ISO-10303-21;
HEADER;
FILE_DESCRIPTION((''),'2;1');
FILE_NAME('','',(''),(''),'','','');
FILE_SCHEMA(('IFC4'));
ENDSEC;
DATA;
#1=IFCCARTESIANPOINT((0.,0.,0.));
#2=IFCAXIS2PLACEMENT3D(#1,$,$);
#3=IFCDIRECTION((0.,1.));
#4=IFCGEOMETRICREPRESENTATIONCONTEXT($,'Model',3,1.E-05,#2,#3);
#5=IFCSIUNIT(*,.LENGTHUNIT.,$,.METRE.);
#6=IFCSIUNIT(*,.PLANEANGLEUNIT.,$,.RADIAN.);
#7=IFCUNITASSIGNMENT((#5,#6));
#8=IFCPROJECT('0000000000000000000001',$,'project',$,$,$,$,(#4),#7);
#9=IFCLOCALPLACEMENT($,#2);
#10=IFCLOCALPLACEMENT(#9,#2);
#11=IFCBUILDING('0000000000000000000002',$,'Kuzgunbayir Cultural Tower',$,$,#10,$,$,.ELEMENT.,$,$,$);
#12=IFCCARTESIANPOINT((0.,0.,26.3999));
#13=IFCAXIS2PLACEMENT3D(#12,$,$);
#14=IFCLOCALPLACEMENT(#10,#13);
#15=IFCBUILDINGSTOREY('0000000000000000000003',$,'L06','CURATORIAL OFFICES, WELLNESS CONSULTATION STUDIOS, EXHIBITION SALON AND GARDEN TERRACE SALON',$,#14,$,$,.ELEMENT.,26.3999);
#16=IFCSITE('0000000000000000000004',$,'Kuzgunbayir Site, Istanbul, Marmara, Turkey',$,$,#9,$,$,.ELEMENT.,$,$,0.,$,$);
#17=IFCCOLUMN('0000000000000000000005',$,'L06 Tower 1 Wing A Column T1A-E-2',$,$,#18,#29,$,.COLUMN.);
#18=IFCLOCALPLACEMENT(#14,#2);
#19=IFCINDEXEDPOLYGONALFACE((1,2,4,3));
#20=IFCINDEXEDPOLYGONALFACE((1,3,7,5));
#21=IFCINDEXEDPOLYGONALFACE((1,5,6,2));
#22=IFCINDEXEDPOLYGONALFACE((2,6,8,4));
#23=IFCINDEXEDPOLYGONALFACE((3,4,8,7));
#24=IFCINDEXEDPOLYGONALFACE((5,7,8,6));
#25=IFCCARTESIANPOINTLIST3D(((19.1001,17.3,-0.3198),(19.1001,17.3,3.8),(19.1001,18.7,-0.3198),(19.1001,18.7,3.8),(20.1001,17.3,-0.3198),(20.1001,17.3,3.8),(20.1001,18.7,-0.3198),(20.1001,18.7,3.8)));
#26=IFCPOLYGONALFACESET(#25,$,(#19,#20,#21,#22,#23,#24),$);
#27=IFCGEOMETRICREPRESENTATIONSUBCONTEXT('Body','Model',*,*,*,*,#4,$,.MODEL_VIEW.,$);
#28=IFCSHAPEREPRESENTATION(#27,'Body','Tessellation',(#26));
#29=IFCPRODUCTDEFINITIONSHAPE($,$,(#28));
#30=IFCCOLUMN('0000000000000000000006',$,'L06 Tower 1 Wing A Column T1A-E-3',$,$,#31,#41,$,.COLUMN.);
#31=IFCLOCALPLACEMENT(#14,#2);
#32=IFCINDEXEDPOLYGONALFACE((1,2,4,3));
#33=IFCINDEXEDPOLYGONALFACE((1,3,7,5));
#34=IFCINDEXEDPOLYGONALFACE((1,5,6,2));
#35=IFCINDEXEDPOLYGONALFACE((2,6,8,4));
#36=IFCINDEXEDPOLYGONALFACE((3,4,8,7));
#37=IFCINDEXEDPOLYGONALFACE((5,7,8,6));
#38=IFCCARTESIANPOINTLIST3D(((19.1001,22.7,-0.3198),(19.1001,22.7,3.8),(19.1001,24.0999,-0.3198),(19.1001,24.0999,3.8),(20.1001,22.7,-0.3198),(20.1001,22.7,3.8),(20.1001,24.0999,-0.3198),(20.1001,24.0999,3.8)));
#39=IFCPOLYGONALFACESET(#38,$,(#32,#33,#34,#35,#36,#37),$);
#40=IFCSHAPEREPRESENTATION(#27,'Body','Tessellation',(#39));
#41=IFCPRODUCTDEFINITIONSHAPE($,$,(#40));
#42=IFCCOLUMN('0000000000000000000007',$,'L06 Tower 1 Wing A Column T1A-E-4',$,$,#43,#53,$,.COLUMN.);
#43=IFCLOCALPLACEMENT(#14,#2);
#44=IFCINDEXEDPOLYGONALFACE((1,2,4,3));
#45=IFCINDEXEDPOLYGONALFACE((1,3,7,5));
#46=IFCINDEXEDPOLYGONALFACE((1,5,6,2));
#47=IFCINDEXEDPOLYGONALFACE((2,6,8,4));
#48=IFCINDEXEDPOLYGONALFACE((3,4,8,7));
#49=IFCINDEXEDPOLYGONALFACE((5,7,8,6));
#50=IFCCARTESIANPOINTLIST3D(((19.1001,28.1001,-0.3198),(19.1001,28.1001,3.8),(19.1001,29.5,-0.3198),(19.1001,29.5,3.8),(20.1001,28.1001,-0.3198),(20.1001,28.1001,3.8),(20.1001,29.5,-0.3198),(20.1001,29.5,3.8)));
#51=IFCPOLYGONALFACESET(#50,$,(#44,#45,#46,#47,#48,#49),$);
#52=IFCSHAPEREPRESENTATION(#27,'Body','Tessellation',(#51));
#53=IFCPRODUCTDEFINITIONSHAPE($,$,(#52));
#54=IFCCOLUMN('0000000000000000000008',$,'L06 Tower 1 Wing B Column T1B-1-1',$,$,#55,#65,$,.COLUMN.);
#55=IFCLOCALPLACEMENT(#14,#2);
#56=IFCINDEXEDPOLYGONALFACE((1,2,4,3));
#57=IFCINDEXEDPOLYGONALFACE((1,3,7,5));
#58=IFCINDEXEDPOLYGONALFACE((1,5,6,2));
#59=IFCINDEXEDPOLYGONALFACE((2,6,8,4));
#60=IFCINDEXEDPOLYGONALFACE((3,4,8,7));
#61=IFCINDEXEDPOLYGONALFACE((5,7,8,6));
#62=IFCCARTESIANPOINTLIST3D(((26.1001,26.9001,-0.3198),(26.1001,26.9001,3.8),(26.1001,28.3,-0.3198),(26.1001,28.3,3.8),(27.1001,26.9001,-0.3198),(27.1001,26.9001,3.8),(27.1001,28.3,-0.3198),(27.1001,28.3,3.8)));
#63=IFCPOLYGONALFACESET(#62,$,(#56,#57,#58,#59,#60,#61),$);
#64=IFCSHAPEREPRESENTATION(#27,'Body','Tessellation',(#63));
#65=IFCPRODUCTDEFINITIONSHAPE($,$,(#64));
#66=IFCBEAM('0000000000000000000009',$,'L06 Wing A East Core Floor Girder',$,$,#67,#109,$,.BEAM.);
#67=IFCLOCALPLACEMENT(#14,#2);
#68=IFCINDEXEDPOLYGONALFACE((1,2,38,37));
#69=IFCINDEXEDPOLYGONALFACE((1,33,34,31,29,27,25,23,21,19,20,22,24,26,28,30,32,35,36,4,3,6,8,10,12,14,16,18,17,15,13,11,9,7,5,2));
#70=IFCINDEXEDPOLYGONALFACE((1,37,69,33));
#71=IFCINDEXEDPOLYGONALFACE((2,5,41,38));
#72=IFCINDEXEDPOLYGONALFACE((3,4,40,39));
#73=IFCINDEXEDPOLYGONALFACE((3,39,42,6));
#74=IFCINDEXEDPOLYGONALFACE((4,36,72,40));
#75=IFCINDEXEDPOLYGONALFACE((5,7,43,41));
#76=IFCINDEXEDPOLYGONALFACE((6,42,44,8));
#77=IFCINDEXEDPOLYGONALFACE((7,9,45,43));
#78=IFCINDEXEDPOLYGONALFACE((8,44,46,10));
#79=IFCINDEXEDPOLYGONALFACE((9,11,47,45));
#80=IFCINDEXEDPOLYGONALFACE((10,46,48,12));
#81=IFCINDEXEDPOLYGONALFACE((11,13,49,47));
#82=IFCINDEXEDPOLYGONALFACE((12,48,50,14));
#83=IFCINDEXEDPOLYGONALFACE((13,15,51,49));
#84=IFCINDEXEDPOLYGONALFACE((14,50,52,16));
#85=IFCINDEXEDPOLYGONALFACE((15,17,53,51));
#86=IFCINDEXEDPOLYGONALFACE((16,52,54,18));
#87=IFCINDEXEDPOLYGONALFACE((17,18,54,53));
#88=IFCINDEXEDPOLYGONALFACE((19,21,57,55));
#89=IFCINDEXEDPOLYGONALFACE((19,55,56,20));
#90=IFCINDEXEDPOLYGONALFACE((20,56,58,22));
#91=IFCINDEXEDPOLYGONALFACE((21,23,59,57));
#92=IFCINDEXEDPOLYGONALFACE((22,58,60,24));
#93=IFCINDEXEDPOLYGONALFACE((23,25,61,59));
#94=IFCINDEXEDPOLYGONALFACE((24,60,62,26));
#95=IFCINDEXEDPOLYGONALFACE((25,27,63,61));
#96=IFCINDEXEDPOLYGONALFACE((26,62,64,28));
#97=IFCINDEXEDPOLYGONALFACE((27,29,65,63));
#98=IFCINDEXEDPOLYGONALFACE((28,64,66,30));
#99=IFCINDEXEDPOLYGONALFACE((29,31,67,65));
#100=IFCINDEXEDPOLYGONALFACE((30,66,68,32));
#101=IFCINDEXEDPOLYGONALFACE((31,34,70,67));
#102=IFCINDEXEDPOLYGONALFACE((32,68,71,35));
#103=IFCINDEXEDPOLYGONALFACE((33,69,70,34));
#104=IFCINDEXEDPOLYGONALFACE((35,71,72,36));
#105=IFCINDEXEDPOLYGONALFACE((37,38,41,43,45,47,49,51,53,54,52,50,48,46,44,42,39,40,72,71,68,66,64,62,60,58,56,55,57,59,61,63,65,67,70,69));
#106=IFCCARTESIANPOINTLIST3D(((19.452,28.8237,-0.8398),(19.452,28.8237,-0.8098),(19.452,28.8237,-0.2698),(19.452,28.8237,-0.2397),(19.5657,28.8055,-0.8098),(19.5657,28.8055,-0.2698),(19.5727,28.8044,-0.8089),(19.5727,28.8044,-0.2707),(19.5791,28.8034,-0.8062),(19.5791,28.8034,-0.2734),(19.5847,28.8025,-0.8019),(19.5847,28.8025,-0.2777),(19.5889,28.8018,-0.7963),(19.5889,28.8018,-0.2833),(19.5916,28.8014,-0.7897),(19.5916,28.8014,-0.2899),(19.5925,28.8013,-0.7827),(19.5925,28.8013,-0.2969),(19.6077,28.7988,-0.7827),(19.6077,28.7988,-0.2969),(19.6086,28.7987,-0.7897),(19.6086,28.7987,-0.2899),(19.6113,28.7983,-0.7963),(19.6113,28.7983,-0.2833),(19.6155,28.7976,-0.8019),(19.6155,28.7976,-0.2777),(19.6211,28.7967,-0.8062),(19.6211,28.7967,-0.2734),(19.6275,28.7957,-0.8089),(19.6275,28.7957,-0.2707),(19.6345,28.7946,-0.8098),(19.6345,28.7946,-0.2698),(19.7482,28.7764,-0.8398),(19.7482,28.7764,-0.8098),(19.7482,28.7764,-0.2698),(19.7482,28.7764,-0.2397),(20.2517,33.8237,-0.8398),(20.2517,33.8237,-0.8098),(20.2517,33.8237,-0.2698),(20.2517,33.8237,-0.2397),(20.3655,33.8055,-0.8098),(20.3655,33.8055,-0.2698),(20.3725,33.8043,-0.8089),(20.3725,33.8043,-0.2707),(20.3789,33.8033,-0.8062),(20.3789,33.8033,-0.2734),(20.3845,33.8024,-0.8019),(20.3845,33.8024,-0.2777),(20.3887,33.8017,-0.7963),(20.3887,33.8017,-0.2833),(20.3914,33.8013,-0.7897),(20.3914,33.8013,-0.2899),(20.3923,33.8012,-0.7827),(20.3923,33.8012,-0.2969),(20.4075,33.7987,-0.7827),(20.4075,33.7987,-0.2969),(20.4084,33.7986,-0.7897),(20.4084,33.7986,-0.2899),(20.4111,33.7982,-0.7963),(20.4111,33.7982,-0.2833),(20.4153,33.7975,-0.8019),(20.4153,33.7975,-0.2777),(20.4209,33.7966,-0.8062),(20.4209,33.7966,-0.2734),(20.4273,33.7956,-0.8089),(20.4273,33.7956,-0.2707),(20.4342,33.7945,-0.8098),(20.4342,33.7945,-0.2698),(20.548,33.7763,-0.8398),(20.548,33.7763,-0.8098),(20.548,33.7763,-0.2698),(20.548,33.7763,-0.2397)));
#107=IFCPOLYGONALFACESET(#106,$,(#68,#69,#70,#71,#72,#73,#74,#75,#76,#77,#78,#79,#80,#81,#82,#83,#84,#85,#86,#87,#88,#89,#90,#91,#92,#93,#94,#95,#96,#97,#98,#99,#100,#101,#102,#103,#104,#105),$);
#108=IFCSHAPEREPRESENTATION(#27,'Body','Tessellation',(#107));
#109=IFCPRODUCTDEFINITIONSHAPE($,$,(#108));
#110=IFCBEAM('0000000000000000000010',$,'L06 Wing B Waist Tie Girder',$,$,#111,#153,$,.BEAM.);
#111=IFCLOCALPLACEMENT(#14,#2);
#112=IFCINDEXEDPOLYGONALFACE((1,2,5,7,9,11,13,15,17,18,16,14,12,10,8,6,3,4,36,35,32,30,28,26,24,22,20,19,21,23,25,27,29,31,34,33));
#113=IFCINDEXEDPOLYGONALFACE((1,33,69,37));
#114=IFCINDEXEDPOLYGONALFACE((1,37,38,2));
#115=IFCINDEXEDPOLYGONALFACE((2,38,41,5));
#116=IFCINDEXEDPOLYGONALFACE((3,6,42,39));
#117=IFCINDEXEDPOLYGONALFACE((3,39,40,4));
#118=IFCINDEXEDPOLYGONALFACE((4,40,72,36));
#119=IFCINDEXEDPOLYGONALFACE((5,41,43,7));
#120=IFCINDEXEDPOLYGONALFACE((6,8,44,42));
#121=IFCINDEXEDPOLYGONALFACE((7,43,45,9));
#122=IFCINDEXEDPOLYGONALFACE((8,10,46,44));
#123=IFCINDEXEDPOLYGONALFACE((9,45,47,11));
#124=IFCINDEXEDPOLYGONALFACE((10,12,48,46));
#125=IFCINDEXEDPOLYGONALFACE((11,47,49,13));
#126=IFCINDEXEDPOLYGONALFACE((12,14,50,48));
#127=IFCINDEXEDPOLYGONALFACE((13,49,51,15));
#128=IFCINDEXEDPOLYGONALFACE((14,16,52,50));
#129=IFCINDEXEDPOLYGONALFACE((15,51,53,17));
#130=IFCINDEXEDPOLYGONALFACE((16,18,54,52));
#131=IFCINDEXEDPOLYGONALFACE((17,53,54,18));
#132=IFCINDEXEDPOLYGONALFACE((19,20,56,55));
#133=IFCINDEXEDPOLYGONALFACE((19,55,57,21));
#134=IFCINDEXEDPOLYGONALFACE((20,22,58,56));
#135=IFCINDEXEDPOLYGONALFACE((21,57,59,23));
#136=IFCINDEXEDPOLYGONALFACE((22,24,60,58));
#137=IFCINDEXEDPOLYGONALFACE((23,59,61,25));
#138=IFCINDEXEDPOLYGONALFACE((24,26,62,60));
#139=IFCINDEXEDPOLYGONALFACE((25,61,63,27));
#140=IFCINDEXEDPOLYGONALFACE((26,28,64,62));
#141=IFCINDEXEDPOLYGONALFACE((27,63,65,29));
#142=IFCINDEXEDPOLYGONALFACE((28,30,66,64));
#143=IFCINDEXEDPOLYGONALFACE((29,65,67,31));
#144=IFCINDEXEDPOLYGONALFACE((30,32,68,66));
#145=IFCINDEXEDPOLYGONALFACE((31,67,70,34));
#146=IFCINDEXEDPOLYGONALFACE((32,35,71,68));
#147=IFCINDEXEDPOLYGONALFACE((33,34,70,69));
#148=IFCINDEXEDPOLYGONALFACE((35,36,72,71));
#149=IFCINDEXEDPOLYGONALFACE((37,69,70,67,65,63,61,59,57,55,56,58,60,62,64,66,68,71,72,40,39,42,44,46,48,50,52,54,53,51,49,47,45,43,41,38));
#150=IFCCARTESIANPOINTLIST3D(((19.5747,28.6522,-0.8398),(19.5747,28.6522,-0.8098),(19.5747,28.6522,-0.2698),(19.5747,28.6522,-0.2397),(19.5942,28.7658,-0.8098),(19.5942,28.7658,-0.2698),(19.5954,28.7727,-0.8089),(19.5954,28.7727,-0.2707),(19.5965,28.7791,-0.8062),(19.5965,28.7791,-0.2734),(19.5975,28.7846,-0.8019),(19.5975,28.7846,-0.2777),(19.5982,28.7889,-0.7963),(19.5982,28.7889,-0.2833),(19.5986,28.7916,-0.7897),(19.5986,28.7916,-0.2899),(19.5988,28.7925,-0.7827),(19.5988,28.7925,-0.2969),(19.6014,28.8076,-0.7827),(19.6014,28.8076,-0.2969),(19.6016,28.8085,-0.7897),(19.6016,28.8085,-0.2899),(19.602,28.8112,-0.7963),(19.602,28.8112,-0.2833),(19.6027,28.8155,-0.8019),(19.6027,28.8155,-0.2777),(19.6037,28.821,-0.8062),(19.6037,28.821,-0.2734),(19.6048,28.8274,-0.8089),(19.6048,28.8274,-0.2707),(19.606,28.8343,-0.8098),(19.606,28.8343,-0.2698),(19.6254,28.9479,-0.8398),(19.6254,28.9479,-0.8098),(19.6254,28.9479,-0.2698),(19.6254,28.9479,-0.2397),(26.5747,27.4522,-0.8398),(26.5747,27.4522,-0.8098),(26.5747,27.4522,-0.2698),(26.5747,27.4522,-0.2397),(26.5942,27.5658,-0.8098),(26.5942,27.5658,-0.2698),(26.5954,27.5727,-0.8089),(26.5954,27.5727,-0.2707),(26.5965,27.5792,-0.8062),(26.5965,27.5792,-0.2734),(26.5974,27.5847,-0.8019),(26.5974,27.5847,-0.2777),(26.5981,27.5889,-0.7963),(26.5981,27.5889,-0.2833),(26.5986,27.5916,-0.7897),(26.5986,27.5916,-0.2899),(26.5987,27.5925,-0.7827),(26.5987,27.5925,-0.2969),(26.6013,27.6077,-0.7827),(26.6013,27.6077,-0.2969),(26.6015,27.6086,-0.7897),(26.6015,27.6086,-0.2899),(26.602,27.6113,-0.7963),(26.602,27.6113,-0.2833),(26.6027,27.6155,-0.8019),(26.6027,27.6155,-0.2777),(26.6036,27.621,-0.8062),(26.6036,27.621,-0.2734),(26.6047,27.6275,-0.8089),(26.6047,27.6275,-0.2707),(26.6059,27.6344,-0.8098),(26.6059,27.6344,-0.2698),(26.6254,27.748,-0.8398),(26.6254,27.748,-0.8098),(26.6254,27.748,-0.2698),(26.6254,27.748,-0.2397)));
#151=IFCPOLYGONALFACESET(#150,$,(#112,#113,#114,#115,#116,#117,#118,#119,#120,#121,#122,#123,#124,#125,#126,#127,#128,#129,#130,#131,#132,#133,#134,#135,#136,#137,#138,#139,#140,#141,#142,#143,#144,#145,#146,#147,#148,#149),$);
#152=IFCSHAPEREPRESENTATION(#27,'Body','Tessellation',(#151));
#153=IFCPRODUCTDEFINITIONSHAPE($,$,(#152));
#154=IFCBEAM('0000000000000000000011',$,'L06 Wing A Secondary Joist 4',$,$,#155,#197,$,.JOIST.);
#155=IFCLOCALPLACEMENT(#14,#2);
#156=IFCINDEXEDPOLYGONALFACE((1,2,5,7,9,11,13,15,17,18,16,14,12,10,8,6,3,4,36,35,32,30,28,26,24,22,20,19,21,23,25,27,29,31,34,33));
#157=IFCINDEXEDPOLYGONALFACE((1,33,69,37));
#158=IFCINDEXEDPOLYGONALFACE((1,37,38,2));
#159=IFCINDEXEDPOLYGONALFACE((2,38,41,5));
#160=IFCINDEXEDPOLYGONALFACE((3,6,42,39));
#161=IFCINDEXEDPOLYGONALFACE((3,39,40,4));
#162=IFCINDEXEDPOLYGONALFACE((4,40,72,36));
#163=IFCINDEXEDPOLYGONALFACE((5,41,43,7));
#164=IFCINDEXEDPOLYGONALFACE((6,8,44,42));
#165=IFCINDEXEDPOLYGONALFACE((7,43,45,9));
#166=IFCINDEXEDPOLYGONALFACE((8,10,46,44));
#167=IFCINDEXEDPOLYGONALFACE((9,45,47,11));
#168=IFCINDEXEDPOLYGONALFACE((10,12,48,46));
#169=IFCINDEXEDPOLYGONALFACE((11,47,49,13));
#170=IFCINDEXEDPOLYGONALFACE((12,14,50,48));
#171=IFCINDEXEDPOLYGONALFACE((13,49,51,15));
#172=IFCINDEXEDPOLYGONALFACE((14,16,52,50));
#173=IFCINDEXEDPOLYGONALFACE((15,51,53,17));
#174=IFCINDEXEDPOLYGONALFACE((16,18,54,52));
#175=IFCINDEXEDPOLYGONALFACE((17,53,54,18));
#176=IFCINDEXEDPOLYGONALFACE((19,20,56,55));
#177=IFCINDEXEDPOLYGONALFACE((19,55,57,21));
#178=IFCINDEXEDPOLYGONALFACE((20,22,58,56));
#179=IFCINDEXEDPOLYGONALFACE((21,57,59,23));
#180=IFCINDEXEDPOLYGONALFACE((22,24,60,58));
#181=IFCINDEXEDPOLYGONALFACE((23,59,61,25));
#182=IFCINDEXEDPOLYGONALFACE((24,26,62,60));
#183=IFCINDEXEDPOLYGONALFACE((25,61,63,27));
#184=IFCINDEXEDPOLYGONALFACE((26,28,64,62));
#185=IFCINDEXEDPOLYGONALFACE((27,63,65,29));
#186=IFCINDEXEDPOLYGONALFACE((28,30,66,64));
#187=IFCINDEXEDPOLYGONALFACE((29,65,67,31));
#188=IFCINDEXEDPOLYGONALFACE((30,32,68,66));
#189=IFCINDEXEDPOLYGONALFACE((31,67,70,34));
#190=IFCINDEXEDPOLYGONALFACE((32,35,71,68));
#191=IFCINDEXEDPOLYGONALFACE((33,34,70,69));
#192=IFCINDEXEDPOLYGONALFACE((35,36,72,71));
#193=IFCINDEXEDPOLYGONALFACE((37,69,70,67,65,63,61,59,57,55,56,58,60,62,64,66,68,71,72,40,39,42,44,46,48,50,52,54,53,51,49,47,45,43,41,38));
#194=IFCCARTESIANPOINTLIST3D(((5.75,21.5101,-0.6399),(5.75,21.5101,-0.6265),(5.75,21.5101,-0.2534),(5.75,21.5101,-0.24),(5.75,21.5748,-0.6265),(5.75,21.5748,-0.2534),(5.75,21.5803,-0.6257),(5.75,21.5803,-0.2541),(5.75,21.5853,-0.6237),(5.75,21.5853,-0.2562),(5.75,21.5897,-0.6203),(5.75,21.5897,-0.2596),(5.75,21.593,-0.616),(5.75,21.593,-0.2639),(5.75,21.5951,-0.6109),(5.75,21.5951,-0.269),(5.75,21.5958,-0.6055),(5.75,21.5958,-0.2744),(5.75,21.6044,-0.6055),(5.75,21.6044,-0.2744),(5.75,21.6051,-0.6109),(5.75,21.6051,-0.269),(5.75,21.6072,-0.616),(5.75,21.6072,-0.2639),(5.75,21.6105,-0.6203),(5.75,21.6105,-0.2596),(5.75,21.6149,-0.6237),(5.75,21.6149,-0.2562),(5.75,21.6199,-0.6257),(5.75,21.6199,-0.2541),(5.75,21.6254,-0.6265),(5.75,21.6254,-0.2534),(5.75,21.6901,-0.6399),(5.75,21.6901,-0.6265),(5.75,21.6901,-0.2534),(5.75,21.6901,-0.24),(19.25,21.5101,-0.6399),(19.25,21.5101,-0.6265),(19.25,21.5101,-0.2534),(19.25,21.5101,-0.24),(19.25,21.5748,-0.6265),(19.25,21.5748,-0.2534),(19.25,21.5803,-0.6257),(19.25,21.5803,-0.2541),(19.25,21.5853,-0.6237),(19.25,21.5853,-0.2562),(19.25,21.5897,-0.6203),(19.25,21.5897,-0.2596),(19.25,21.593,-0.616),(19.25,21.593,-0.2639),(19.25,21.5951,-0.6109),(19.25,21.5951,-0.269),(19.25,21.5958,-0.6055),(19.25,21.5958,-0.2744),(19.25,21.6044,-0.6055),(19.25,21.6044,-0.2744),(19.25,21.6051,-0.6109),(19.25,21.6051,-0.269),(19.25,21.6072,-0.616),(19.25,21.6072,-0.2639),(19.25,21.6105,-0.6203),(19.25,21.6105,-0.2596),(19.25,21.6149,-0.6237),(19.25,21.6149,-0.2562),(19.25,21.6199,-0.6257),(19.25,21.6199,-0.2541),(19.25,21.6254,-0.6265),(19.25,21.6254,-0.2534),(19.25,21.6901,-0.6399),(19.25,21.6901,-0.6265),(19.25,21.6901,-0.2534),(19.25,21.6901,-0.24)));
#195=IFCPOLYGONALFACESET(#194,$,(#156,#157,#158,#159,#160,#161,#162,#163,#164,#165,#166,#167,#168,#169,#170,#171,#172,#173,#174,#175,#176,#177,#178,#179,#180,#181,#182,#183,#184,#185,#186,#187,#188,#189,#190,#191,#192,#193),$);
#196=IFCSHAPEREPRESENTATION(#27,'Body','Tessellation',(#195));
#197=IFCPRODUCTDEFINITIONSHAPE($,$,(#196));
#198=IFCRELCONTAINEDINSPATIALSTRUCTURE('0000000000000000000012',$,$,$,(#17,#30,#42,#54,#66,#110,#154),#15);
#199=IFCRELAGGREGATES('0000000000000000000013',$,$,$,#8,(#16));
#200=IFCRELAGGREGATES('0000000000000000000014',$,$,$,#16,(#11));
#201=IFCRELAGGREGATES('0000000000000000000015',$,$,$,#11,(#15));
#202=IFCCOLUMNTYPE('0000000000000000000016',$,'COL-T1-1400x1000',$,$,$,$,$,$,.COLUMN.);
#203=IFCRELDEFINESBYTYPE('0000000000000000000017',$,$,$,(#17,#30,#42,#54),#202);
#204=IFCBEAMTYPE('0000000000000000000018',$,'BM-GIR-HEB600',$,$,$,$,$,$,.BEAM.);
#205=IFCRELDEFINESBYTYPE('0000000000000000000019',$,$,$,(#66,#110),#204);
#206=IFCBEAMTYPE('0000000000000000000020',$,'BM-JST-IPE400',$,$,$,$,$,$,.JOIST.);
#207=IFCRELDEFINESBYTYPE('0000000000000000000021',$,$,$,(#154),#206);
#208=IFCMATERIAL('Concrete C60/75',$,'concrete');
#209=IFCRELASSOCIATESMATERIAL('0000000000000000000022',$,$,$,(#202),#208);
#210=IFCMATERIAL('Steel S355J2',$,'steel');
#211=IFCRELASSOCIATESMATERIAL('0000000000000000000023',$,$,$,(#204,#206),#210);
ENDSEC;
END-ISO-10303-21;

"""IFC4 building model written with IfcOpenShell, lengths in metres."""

from ifc_helpers import new_model, si_unit, direction, frame, origin, origin_2d, place, context, subcontext, project, spatial, rectangle, i_section, extrude, material, material_profile, profile_set, type_object, element, save


model = new_model("IFC4")

# Units and contexts
model_context = context("Model", 3, precision=1e-05, world=origin(), true_north=direction((0.0, 1.0)))
body_context = subcontext(model_context, "Body", "Model", "MODEL_VIEW")
ifc_project = project(units=[si_unit("LENGTHUNIT", "METRE"), si_unit("PLANEANGLEUNIT", "RADIAN")], contexts=[model_context])

# Site, building, storey
site_placement = place(None, origin())
site = spatial("IfcSite", under=ifc_project, at=site_placement, Name="Kuzgunbayir Site, Istanbul, Marmara, Turkey", CompositionType="ELEMENT", RefElevation=0.0)
building_placement = place(site_placement, origin())
building = spatial("IfcBuilding", under=site, at=building_placement, Name="Kuzgunbayir Cultural Tower", CompositionType="ELEMENT")
storey_placement = place(building_placement, frame((0.0, 0.0, 26.3999)))
storey = spatial("IfcBuildingStorey", under=building, at=storey_placement, Name="L06", Description="CURATORIAL OFFICES, WELLNESS CONSULTATION STUDIOS, EXHIBITION SALON AND GARDEN TERRACE SALON", CompositionType="ELEMENT", Elevation=26.3999)

# Columns
ifc_material_1 = material(Name="Concrete C60/75", Category="concrete")
ifc_material_profile_1 = material_profile(ifc_material_1, rectangle(XDim=1.0, YDim=1.3999, at=origin_2d()), Name="RC 1400x1000")
ifc_profile_set_1 = profile_set([ifc_material_profile_1], Name="Concrete C60/75")
column_type = type_object("IfcColumnType", Name="COL-T1-1400x1000", PredefinedType="COLUMN", material=ifc_profile_set_1)
for number, where, z_axis, x_axis, name in (
    (1, (19.6001, 18.0, -0.3198), (0.0, 0.0, 1.0), (1.0, 0.0, 0.0), "L06 Tower 1 Wing A Column T1A-E-2"),
    (2, (19.6001, 23.3999, -0.3198), (0.0, 0.0, 1.0), (1.0, 0.0, 0.0), "L06 Tower 1 Wing A Column T1A-E-3"),
    (3, (19.6001, 28.8, -0.3198), (0.0, 0.0, 1.0), (1.0, 0.0, 0.0), "L06 Tower 1 Wing A Column T1A-E-4"),
    (4, (26.6001, 27.6001, -0.3198), (0.0, 0.0, 1.0), (1.0, 0.0, 0.0), "L06 Tower 1 Wing B Column T1B-1-1"),
):
    element("IfcColumn", number, at=place(storey_placement, frame(where, z_axis=z_axis, x_axis=x_axis)), inside=storey, type_object=column_type, Name=name, PredefinedType="COLUMN", context=body_context, shape_type="SweptSolid", body=[
        extrude(rectangle(XDim=1.0, YDim=1.3999, at=origin_2d()), origin(), (0.0, 0.0, 1.0), 4.1199),
    ])

# Beams
ifc_material_2 = material(Name="Steel S355J2", Category="steel")
ifc_material_profile_2 = material_profile(ifc_material_2, i_section(OverallWidth=0.3, OverallDepth=0.6001, WebThickness=0.0154, FlangeThickness=0.03, FilletRadius=0.0271, at=origin_2d()), Name="HEB 600")
ifc_profile_set_2 = profile_set([ifc_material_profile_2], Name="Steel S355J2")
beam_type_1 = type_object("IfcBeamType", Name="BM-GIR-HEB600", PredefinedType="BEAM", material=ifc_profile_set_2)
beam_1_placement = place(storey_placement, frame((19.6001, 28.8, -0.5398), z_axis=(0.157953, 0.987447, 0.0), x_axis=(-0.987447, 0.157953, 0.0)))
element("IfcBeam", 5, at=beam_1_placement, inside=storey, type_object=beam_type_1, Name="L06 Wing A East Core Floor Girder", PredefinedType="BEAM", context=body_context, shape_type="SweptSolid", body=[
    extrude(i_section(OverallWidth=0.3, OverallDepth=0.6001, WebThickness=0.0154, FlangeThickness=0.03, FilletRadius=0.0271, at=origin_2d()), origin(), (0.0, 0.0, 1.0), 5.0635),
])
beam_2_placement = place(storey_placement, frame((19.6001, 28.8, -0.5398), z_axis=(0.985623, -0.168957, 0.0), x_axis=(0.168957, 0.985623, 0.0)))
element("IfcBeam", 6, at=beam_2_placement, inside=storey, type_object=beam_type_1, Name="L06 Wing B Waist Tie Girder", PredefinedType="BEAM", context=body_context, shape_type="SweptSolid", body=[
    extrude(i_section(OverallWidth=0.3, OverallDepth=0.6001, WebThickness=0.0154, FlangeThickness=0.03, FilletRadius=0.0271, at=origin_2d()), origin(), (0.0, 0.0, 1.0), 7.1021),
])
ifc_material_profile_3 = material_profile(ifc_material_2, i_section(OverallWidth=0.1799, OverallDepth=0.3999, WebThickness=0.0085, FlangeThickness=0.0134, FilletRadius=0.021, at=origin_2d()), Name="IPE 400")
ifc_profile_set_3 = profile_set([ifc_material_profile_3], Name="Steel S355J2")
beam_type_2 = type_object("IfcBeamType", Name="BM-JST-IPE400", PredefinedType="JOIST", material=ifc_profile_set_3)
beam_3_placement = place(storey_placement, frame((5.75, 21.6001, -0.4399), z_axis=(1.0, 0.0, 0.0), x_axis=(0.0, 1.0, 0.0)))
element("IfcBeam", 7, at=beam_3_placement, inside=storey, type_object=beam_type_2, Name="L06 Wing A Secondary Joist 4", PredefinedType="JOIST", context=body_context, shape_type="SweptSolid", body=[
    extrude(i_section(OverallWidth=0.1799, OverallDepth=0.3999, WebThickness=0.0085, FlangeThickness=0.0134, FilletRadius=0.021, at=origin_2d()), origin(), (0.0, 0.0, 1.0), 13.5),
])

save(model, "model.ifc")
